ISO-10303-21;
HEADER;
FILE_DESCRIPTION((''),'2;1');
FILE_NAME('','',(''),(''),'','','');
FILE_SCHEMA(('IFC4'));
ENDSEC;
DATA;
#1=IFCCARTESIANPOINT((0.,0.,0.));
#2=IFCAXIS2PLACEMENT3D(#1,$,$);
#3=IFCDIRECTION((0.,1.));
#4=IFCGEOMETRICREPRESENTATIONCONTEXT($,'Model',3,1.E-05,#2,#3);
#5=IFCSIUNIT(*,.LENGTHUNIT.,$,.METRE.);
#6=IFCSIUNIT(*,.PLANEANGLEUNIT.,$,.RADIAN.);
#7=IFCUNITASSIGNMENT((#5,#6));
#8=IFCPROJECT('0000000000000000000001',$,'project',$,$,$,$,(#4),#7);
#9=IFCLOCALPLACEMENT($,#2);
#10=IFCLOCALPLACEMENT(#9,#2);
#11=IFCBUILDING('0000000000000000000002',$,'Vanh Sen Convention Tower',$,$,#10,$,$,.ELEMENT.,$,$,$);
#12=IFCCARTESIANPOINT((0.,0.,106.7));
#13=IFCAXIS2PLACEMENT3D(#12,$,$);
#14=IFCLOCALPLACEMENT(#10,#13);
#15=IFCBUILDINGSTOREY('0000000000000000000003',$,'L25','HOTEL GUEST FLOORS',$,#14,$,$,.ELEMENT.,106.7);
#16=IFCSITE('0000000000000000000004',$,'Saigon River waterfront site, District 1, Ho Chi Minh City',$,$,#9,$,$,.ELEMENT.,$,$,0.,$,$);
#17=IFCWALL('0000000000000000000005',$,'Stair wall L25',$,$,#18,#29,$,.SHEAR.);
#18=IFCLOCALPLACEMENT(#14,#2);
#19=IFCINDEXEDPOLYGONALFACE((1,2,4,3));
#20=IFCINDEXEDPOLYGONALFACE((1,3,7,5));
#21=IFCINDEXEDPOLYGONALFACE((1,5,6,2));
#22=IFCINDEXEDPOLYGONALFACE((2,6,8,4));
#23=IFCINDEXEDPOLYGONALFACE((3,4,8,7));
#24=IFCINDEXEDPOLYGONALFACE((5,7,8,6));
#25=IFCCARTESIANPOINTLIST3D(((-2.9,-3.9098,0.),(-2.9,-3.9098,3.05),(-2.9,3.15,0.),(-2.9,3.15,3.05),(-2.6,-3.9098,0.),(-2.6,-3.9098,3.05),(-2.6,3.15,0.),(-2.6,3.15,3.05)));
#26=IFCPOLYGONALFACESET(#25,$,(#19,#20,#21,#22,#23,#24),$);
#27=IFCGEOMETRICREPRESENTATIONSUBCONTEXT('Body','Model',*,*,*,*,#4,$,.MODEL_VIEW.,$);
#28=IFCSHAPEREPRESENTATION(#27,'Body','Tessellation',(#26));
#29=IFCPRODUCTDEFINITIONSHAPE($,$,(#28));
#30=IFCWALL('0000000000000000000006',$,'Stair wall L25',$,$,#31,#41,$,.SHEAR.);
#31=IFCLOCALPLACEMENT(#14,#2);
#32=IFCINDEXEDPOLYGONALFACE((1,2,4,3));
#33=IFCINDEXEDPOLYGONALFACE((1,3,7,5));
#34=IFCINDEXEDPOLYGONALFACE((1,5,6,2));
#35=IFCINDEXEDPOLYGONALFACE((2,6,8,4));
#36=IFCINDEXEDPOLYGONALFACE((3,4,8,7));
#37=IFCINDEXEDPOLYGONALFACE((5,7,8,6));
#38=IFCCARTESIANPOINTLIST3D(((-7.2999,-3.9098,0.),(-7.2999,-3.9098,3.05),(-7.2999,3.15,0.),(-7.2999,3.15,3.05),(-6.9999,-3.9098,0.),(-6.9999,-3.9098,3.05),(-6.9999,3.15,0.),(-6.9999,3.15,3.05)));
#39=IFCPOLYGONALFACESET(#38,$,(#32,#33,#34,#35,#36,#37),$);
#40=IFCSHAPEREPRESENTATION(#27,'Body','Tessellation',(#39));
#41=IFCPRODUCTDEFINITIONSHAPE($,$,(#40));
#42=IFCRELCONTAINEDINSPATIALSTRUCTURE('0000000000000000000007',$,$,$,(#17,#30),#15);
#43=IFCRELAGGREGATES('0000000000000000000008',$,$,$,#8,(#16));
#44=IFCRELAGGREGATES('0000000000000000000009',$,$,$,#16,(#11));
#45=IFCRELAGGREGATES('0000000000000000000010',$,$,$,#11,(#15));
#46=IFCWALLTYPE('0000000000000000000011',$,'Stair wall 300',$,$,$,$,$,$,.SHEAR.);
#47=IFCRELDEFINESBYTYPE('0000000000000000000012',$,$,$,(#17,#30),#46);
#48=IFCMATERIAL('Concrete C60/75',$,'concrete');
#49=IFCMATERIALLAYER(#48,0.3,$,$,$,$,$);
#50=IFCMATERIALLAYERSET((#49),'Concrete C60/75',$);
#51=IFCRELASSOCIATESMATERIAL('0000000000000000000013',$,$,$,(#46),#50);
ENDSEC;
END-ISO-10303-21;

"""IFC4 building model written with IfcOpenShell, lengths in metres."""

from ifc_helpers import new_model, si_unit, direction, frame, frame_2d, origin, place, context, subcontext, project, spatial, rectangle, extrude, material, layer, layer_set, type_object, element, save


model = new_model("IFC4")

# Units and contexts
model_context = context("Model", 3, precision=1e-05, world=origin(), true_north=direction((0.0, 1.0)))
body_context = subcontext(model_context, "Body", "Model", "MODEL_VIEW")
ifc_project = project(units=[si_unit("LENGTHUNIT", "METRE"), si_unit("PLANEANGLEUNIT", "RADIAN")], contexts=[model_context])

# Site, building, storey
site_placement = place(None, origin())
site = spatial("IfcSite", under=ifc_project, at=site_placement, Name="Saigon River waterfront site, District 1, Ho Chi Minh City", CompositionType="ELEMENT", RefElevation=0.0)
building_placement = place(site_placement, origin())
building = spatial("IfcBuilding", under=site, at=building_placement, Name="Vanh Sen Convention Tower", CompositionType="ELEMENT")
storey_placement = place(building_placement, frame((0.0, 0.0, 106.7)))
storey = spatial("IfcBuildingStorey", under=building, at=storey_placement, Name="L25", Description="HOTEL GUEST FLOORS", CompositionType="ELEMENT", Elevation=106.7)

# Shared definitions
ifc_material_1 = material(Name="Concrete C60/75", Category="concrete")

# Shared definitions
ifc_layer_1 = layer(ifc_material_1, 0.3)
ifc_layer_set_1 = layer_set([ifc_layer_1], Name="Concrete C60/75")
wall_type_1 = type_object("IfcWallType", Name="Stair wall 300", PredefinedType="SHEAR", material=ifc_layer_set_1)

# Walls
for number, where, z_axis, x_axis, name in (
    (1, (-2.75, 3.1499, 0.0), (0.0, 0.0, 1.0), (0.0, -1.0, 0.0), "Stair wall L25"),
    (2, (-7.1499, 3.1499, 0.0), (0.0, 0.0, 1.0), (0.0, -1.0, 0.0), "Stair wall L25"),
):
    element("IfcWall", number, at=place(storey_placement, frame(where, z_axis=z_axis, x_axis=x_axis)), inside=storey, type_object=wall_type_1, Name=name, PredefinedType="SHEAR", context=body_context, shape_type="SweptSolid", body=[
        extrude(rectangle(XDim=7.0598, YDim=0.3, at=frame_2d((3.5298, 0.0))), origin(), (0.0, 0.0, 1.0), 3.05),
    ])

save(model, "model.ifc")
